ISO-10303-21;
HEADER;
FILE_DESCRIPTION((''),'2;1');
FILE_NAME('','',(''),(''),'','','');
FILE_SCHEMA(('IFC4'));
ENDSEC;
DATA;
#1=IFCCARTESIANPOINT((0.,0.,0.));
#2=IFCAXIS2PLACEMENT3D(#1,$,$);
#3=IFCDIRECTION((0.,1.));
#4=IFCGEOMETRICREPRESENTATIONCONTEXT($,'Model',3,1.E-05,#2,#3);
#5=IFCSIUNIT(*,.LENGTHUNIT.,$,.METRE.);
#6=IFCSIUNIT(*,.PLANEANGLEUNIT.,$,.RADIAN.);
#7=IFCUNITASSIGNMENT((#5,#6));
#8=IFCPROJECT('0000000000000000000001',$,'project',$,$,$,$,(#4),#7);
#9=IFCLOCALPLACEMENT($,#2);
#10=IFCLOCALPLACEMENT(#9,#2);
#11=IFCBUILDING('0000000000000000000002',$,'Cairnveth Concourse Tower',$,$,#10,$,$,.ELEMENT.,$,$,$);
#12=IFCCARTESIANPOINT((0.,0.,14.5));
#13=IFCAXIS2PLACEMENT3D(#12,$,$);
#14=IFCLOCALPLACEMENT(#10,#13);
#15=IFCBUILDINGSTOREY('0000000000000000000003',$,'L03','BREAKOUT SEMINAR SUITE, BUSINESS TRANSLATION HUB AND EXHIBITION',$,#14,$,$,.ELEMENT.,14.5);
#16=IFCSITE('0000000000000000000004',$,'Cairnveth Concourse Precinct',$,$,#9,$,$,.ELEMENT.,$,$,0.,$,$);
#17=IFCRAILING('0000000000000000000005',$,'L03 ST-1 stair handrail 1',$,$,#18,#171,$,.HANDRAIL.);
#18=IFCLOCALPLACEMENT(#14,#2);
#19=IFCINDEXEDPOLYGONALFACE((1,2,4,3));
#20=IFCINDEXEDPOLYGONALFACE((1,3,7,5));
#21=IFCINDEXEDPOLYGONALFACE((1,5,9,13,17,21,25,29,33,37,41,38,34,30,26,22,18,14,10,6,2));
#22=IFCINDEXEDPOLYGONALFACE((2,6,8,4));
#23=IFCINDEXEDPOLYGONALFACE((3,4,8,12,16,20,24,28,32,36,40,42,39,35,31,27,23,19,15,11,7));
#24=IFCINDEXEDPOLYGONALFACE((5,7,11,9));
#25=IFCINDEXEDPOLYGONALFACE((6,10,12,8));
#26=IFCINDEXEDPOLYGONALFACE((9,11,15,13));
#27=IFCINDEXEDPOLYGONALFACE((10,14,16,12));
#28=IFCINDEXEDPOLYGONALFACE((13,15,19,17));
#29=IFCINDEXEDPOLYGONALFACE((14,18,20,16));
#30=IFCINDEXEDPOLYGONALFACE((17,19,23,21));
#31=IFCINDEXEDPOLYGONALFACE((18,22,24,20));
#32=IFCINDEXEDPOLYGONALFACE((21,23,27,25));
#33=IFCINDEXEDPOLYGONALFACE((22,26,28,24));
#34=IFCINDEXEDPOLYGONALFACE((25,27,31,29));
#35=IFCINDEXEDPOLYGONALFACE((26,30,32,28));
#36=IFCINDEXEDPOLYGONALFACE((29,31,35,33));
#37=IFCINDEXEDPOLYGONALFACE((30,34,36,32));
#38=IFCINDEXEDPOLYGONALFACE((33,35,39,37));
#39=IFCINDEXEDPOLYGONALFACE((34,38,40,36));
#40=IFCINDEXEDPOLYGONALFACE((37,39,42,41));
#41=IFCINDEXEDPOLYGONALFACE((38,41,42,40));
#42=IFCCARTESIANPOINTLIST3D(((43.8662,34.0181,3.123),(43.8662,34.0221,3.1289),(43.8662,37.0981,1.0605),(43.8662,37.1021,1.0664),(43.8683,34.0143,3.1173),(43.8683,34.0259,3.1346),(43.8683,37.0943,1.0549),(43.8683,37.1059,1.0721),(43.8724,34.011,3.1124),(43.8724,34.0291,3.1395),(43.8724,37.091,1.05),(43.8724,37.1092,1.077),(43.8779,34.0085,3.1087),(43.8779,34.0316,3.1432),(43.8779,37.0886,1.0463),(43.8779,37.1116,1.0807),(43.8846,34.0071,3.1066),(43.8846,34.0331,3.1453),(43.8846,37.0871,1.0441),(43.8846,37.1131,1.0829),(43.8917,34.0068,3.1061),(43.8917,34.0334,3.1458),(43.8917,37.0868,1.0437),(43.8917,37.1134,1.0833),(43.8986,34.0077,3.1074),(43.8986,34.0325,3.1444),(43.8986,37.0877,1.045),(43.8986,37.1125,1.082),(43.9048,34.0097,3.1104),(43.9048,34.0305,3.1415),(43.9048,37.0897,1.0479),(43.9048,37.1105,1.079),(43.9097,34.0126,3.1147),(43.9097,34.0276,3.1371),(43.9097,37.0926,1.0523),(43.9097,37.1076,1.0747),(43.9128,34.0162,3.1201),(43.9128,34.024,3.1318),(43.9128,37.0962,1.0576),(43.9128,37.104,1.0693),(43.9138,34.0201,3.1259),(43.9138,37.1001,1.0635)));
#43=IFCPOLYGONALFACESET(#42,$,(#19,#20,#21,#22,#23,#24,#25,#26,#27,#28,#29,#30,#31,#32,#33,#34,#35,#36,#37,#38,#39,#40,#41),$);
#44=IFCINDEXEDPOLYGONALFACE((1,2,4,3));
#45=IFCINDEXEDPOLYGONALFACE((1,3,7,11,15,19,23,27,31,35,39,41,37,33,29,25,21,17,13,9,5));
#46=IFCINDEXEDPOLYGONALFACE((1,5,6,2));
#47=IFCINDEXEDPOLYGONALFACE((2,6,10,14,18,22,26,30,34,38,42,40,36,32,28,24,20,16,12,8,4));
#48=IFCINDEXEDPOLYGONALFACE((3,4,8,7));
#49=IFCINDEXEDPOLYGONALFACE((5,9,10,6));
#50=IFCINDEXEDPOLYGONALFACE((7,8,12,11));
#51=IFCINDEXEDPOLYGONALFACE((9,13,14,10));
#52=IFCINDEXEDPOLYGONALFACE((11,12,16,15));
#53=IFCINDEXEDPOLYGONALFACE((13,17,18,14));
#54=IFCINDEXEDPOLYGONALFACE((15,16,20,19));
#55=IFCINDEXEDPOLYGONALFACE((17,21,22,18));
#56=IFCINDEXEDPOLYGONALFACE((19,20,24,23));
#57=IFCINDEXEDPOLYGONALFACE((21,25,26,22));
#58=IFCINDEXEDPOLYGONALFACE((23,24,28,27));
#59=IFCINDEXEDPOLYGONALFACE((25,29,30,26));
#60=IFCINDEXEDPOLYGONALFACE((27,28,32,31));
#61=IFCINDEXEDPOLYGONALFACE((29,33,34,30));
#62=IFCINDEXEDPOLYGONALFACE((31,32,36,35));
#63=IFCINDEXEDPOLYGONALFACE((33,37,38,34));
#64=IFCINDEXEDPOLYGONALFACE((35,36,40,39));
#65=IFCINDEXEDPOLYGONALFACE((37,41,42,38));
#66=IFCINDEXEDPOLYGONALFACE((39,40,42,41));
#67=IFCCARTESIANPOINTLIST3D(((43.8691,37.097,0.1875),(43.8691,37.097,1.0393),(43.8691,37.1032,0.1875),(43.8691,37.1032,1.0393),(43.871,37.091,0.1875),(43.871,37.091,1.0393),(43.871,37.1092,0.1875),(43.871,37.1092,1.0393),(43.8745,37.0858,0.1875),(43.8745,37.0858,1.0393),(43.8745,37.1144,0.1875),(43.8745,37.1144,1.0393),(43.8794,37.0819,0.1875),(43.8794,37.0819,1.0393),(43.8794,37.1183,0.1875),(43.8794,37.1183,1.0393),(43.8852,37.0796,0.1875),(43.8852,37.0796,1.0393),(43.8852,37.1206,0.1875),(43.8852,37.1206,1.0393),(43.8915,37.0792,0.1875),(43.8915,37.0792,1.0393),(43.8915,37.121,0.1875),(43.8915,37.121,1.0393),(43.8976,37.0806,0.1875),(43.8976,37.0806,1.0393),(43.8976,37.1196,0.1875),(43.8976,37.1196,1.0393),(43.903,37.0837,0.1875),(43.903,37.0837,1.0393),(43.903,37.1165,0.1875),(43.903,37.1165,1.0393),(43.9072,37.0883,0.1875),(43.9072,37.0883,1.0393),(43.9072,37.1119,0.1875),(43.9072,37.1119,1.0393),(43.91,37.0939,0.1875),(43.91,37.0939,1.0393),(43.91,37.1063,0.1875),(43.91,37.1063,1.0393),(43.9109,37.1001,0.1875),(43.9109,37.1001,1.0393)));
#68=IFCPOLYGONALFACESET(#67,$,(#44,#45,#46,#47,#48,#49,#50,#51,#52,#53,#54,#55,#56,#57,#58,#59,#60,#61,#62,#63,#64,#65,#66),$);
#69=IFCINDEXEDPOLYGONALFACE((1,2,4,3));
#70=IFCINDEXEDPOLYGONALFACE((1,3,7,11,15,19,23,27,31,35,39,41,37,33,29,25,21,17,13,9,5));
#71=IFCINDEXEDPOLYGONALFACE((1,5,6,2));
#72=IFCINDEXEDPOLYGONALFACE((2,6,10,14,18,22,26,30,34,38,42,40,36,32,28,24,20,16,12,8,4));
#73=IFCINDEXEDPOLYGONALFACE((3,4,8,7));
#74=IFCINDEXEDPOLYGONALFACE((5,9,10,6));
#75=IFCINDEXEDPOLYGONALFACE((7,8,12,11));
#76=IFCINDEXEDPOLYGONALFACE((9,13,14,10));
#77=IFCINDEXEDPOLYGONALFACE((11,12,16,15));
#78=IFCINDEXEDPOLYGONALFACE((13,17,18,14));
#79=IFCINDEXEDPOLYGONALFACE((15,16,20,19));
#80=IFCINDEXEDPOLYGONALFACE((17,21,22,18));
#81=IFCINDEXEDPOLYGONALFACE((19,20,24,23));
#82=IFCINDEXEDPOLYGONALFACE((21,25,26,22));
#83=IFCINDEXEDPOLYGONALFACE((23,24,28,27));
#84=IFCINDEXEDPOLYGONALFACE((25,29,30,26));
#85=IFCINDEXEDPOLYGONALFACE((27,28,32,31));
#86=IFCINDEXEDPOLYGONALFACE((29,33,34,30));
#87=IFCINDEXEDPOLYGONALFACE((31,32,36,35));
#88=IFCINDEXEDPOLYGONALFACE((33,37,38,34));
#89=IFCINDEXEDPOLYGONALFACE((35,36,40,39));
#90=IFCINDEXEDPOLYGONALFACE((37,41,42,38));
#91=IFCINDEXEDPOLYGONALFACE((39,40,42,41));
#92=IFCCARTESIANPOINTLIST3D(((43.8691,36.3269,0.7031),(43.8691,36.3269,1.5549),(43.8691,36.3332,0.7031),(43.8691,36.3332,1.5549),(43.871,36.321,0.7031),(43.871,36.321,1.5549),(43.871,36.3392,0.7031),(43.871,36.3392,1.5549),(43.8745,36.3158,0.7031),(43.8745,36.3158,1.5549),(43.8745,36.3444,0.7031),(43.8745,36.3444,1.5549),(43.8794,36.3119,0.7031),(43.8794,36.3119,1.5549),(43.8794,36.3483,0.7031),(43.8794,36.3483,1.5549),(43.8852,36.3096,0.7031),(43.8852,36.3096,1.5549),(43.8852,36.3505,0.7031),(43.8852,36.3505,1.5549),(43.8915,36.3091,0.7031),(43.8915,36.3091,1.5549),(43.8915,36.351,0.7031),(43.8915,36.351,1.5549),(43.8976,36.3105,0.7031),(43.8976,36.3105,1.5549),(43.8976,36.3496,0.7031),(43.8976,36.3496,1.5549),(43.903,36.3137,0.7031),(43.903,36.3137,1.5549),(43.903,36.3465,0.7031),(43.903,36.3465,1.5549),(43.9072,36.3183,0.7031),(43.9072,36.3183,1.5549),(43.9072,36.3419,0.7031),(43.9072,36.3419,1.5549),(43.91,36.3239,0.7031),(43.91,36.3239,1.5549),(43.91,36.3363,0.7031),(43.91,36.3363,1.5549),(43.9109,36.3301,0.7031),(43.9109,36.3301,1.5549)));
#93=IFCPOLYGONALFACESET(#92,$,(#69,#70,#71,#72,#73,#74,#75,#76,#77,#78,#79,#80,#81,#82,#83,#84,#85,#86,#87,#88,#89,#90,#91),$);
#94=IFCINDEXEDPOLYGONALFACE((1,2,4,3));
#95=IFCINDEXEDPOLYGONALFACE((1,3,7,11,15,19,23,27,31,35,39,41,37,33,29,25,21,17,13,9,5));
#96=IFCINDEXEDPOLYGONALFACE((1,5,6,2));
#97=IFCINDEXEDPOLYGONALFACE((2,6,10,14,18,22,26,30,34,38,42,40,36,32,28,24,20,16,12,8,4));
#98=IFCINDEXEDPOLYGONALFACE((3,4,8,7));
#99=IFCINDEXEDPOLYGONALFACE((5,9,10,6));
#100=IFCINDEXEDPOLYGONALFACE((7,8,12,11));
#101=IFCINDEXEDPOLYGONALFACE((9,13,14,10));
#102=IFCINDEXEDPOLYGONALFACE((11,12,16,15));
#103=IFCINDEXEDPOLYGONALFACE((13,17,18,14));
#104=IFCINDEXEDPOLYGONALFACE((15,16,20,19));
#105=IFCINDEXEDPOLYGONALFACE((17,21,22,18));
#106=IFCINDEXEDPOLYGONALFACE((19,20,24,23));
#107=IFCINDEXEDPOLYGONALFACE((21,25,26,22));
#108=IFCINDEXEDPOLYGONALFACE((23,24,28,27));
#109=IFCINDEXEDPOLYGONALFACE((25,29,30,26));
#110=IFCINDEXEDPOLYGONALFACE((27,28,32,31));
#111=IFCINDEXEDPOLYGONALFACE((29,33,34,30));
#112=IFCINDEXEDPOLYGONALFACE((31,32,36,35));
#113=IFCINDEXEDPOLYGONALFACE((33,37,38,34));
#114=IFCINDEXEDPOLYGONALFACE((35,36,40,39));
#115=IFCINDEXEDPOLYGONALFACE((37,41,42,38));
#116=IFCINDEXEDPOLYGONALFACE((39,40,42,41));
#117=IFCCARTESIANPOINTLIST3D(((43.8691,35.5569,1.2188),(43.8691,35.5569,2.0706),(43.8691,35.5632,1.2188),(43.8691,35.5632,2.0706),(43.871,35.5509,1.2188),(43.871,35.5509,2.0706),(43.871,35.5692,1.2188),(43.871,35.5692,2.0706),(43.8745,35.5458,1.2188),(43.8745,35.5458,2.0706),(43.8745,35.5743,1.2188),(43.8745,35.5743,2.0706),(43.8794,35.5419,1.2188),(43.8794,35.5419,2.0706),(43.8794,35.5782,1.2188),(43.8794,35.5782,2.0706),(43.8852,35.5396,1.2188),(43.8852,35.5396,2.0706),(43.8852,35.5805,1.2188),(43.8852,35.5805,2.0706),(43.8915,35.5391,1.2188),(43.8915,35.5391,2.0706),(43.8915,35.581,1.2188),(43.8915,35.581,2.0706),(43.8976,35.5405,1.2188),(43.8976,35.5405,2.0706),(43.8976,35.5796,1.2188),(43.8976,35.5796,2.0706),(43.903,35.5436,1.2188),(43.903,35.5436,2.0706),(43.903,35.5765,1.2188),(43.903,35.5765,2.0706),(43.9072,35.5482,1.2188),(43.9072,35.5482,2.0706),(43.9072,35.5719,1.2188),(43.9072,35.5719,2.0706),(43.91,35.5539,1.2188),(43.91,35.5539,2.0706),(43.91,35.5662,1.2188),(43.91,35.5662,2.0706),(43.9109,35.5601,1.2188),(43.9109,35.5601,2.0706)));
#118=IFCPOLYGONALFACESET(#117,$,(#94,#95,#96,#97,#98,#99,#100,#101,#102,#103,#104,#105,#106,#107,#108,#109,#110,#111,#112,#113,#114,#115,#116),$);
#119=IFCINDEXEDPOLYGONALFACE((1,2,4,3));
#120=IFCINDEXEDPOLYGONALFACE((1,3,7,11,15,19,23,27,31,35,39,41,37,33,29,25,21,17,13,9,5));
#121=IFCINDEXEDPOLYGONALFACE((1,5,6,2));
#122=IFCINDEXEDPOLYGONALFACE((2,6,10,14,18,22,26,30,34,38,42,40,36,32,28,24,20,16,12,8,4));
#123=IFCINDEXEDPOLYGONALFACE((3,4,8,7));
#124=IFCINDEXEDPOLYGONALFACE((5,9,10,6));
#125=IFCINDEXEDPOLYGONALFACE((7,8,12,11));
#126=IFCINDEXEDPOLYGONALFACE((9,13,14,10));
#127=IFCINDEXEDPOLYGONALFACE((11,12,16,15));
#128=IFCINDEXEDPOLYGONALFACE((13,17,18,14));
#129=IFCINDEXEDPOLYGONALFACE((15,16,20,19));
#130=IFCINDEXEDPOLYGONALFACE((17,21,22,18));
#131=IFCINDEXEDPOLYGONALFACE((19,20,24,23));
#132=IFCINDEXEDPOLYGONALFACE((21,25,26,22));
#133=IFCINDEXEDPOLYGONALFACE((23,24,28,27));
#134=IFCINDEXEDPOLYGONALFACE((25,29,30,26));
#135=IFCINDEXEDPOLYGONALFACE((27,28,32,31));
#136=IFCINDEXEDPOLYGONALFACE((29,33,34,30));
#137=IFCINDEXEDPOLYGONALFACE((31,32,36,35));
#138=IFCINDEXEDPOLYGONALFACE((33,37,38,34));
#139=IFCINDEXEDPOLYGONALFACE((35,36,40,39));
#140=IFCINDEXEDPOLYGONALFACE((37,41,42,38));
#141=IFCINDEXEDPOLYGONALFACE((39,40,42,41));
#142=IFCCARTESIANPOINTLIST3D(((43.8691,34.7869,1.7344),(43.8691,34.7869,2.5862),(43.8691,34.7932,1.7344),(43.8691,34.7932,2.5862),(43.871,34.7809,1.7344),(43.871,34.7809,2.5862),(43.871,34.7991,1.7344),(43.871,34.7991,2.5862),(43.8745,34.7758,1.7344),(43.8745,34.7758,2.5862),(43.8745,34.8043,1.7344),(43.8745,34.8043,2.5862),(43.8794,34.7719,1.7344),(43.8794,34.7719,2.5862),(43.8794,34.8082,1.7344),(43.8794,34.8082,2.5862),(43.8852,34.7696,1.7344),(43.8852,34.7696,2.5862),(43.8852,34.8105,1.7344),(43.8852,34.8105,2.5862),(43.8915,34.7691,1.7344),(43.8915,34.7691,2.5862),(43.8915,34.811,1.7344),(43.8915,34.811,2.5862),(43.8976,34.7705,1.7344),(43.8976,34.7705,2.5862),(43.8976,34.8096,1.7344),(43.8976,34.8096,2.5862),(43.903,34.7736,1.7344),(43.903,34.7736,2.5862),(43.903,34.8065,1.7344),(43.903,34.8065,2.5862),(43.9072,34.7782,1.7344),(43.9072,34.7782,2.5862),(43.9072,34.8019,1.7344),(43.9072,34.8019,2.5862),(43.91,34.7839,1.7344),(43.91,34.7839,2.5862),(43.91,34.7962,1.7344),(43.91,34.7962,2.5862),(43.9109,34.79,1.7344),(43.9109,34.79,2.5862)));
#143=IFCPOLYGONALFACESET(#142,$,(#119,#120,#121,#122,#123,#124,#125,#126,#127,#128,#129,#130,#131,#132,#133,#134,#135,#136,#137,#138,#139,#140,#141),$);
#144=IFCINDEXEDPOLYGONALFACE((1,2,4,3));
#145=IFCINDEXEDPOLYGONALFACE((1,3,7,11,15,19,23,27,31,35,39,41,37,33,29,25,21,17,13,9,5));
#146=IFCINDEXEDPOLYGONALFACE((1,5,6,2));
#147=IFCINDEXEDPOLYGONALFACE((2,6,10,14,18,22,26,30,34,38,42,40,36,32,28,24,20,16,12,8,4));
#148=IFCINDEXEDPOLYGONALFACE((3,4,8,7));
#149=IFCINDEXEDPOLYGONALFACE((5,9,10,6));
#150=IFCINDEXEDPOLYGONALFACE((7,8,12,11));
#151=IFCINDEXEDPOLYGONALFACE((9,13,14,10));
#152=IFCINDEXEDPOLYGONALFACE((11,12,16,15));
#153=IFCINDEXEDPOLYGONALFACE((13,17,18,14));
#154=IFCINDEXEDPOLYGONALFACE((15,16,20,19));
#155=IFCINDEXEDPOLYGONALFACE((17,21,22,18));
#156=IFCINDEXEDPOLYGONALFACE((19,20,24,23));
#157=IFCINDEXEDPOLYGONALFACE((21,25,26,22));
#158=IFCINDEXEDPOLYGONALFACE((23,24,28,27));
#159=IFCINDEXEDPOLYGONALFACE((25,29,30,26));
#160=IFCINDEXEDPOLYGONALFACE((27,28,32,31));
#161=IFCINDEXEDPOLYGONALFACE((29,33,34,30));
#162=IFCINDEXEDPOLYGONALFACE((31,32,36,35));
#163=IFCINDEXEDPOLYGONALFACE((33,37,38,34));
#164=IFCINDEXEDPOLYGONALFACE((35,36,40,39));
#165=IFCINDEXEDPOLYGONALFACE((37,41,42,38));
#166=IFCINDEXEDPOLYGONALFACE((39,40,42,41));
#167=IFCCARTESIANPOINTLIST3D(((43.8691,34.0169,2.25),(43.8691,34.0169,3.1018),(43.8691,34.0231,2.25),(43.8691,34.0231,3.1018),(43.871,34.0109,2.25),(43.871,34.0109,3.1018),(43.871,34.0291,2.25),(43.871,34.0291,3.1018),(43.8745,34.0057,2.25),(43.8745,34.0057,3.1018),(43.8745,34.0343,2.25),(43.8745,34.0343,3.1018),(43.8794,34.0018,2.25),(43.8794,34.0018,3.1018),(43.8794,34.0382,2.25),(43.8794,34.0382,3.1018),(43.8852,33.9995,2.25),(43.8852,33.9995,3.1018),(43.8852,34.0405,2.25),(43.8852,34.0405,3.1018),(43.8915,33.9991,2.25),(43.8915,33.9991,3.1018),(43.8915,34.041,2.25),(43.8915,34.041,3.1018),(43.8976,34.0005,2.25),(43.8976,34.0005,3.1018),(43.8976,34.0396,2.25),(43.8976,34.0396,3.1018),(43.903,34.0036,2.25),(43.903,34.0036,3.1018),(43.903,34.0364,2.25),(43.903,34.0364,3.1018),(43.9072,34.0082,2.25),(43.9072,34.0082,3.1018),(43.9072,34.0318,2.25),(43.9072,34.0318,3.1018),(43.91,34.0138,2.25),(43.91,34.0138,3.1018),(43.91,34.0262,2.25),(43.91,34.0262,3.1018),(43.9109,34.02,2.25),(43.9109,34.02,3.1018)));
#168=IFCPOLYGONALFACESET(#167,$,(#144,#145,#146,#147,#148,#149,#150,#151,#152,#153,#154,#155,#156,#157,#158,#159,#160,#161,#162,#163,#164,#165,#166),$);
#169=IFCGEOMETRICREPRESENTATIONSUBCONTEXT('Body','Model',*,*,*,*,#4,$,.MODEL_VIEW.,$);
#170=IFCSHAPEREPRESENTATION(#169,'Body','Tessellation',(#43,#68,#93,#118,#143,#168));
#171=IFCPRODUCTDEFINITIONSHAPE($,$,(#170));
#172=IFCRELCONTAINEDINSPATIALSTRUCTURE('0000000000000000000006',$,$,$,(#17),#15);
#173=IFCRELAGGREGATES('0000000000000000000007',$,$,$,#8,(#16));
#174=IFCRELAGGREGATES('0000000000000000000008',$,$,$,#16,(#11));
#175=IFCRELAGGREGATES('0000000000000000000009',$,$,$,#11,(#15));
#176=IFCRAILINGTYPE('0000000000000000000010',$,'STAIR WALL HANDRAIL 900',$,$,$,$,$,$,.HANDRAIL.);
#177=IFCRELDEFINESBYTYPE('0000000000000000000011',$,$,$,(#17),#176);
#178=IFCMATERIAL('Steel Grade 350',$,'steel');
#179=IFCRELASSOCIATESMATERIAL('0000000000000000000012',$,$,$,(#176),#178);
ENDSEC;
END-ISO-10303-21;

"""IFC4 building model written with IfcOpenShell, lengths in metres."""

from ifc_helpers import new_model, si_unit, direction, frame, origin, origin_2d, place, context, subcontext, project, spatial, circle, extrude, material, type_object, element, save


model = new_model("IFC4")

# Units and contexts
model_context = context("Model", 3, precision=1e-05, world=origin(), true_north=direction((0.0, 1.0)))
body_context = subcontext(model_context, "Body", "Model", "MODEL_VIEW")
ifc_project = project(units=[si_unit("LENGTHUNIT", "METRE"), si_unit("PLANEANGLEUNIT", "RADIAN")], contexts=[model_context])

# Site, building, storey
site_placement = place(None, origin())
site = spatial("IfcSite", under=ifc_project, at=site_placement, Name="Cairnveth Concourse Precinct", CompositionType="ELEMENT", RefElevation=0.0)
building_placement = place(site_placement, origin())
building = spatial("IfcBuilding", under=site, at=building_placement, Name="Cairnveth Concourse Tower", CompositionType="ELEMENT")
storey_placement = place(building_placement, frame((0.0, 0.0, 14.5)))
storey = spatial("IfcBuildingStorey", under=building, at=storey_placement, Name="L03", Description="BREAKOUT SEMINAR SUITE, BUSINESS TRANSLATION HUB AND EXHIBITION", CompositionType="ELEMENT", Elevation=14.5)

# Shared definitions
ifc_material_1 = material(Name="Steel Grade 350", Category="steel")

# Railing
railing_type = type_object("IfcRailingType", Name="STAIR WALL HANDRAIL 900", PredefinedType="HANDRAIL", material=ifc_material_1)
railing_placement = place(storey_placement, frame((43.8899, 37.1001, 0.1875)))
element("IfcRailing", 1, at=railing_placement, inside=storey, type_object=railing_type, Name="L03 ST-1 stair handrail 1", PredefinedType="HANDRAIL", context=body_context, shape_type="SweptSolid", body=[
    extrude(circle(Radius=0.0239, at=origin_2d()), frame((0.0, 0.0, 0.876), z_axis=(0.0, -0.830914, 0.556401), x_axis=(1.0, 0.0, 0.0)), (0.0, 0.0, 1.0), 3.7068),
    extrude(circle(Radius=0.021, at=origin_2d()), origin(), (0.0, 0.0, 1.0), 0.8518),
    extrude(circle(Radius=0.021, at=origin_2d()), frame((0.0, -0.77, 0.5156)), (0.0, 0.0, 1.0), 0.8518),
    extrude(circle(Radius=0.021, at=origin_2d()), frame((0.0, -1.54, 1.0312)), (0.0, 0.0, 1.0), 0.8518),
    extrude(circle(Radius=0.021, at=origin_2d()), frame((0.0, -2.3101, 1.5469)), (0.0, 0.0, 1.0), 0.8518),
    extrude(circle(Radius=0.021, at=origin_2d()), frame((0.0, -3.0801, 2.0625)), (0.0, 0.0, 1.0), 0.8518),
])

save(model, "model.ifc")
